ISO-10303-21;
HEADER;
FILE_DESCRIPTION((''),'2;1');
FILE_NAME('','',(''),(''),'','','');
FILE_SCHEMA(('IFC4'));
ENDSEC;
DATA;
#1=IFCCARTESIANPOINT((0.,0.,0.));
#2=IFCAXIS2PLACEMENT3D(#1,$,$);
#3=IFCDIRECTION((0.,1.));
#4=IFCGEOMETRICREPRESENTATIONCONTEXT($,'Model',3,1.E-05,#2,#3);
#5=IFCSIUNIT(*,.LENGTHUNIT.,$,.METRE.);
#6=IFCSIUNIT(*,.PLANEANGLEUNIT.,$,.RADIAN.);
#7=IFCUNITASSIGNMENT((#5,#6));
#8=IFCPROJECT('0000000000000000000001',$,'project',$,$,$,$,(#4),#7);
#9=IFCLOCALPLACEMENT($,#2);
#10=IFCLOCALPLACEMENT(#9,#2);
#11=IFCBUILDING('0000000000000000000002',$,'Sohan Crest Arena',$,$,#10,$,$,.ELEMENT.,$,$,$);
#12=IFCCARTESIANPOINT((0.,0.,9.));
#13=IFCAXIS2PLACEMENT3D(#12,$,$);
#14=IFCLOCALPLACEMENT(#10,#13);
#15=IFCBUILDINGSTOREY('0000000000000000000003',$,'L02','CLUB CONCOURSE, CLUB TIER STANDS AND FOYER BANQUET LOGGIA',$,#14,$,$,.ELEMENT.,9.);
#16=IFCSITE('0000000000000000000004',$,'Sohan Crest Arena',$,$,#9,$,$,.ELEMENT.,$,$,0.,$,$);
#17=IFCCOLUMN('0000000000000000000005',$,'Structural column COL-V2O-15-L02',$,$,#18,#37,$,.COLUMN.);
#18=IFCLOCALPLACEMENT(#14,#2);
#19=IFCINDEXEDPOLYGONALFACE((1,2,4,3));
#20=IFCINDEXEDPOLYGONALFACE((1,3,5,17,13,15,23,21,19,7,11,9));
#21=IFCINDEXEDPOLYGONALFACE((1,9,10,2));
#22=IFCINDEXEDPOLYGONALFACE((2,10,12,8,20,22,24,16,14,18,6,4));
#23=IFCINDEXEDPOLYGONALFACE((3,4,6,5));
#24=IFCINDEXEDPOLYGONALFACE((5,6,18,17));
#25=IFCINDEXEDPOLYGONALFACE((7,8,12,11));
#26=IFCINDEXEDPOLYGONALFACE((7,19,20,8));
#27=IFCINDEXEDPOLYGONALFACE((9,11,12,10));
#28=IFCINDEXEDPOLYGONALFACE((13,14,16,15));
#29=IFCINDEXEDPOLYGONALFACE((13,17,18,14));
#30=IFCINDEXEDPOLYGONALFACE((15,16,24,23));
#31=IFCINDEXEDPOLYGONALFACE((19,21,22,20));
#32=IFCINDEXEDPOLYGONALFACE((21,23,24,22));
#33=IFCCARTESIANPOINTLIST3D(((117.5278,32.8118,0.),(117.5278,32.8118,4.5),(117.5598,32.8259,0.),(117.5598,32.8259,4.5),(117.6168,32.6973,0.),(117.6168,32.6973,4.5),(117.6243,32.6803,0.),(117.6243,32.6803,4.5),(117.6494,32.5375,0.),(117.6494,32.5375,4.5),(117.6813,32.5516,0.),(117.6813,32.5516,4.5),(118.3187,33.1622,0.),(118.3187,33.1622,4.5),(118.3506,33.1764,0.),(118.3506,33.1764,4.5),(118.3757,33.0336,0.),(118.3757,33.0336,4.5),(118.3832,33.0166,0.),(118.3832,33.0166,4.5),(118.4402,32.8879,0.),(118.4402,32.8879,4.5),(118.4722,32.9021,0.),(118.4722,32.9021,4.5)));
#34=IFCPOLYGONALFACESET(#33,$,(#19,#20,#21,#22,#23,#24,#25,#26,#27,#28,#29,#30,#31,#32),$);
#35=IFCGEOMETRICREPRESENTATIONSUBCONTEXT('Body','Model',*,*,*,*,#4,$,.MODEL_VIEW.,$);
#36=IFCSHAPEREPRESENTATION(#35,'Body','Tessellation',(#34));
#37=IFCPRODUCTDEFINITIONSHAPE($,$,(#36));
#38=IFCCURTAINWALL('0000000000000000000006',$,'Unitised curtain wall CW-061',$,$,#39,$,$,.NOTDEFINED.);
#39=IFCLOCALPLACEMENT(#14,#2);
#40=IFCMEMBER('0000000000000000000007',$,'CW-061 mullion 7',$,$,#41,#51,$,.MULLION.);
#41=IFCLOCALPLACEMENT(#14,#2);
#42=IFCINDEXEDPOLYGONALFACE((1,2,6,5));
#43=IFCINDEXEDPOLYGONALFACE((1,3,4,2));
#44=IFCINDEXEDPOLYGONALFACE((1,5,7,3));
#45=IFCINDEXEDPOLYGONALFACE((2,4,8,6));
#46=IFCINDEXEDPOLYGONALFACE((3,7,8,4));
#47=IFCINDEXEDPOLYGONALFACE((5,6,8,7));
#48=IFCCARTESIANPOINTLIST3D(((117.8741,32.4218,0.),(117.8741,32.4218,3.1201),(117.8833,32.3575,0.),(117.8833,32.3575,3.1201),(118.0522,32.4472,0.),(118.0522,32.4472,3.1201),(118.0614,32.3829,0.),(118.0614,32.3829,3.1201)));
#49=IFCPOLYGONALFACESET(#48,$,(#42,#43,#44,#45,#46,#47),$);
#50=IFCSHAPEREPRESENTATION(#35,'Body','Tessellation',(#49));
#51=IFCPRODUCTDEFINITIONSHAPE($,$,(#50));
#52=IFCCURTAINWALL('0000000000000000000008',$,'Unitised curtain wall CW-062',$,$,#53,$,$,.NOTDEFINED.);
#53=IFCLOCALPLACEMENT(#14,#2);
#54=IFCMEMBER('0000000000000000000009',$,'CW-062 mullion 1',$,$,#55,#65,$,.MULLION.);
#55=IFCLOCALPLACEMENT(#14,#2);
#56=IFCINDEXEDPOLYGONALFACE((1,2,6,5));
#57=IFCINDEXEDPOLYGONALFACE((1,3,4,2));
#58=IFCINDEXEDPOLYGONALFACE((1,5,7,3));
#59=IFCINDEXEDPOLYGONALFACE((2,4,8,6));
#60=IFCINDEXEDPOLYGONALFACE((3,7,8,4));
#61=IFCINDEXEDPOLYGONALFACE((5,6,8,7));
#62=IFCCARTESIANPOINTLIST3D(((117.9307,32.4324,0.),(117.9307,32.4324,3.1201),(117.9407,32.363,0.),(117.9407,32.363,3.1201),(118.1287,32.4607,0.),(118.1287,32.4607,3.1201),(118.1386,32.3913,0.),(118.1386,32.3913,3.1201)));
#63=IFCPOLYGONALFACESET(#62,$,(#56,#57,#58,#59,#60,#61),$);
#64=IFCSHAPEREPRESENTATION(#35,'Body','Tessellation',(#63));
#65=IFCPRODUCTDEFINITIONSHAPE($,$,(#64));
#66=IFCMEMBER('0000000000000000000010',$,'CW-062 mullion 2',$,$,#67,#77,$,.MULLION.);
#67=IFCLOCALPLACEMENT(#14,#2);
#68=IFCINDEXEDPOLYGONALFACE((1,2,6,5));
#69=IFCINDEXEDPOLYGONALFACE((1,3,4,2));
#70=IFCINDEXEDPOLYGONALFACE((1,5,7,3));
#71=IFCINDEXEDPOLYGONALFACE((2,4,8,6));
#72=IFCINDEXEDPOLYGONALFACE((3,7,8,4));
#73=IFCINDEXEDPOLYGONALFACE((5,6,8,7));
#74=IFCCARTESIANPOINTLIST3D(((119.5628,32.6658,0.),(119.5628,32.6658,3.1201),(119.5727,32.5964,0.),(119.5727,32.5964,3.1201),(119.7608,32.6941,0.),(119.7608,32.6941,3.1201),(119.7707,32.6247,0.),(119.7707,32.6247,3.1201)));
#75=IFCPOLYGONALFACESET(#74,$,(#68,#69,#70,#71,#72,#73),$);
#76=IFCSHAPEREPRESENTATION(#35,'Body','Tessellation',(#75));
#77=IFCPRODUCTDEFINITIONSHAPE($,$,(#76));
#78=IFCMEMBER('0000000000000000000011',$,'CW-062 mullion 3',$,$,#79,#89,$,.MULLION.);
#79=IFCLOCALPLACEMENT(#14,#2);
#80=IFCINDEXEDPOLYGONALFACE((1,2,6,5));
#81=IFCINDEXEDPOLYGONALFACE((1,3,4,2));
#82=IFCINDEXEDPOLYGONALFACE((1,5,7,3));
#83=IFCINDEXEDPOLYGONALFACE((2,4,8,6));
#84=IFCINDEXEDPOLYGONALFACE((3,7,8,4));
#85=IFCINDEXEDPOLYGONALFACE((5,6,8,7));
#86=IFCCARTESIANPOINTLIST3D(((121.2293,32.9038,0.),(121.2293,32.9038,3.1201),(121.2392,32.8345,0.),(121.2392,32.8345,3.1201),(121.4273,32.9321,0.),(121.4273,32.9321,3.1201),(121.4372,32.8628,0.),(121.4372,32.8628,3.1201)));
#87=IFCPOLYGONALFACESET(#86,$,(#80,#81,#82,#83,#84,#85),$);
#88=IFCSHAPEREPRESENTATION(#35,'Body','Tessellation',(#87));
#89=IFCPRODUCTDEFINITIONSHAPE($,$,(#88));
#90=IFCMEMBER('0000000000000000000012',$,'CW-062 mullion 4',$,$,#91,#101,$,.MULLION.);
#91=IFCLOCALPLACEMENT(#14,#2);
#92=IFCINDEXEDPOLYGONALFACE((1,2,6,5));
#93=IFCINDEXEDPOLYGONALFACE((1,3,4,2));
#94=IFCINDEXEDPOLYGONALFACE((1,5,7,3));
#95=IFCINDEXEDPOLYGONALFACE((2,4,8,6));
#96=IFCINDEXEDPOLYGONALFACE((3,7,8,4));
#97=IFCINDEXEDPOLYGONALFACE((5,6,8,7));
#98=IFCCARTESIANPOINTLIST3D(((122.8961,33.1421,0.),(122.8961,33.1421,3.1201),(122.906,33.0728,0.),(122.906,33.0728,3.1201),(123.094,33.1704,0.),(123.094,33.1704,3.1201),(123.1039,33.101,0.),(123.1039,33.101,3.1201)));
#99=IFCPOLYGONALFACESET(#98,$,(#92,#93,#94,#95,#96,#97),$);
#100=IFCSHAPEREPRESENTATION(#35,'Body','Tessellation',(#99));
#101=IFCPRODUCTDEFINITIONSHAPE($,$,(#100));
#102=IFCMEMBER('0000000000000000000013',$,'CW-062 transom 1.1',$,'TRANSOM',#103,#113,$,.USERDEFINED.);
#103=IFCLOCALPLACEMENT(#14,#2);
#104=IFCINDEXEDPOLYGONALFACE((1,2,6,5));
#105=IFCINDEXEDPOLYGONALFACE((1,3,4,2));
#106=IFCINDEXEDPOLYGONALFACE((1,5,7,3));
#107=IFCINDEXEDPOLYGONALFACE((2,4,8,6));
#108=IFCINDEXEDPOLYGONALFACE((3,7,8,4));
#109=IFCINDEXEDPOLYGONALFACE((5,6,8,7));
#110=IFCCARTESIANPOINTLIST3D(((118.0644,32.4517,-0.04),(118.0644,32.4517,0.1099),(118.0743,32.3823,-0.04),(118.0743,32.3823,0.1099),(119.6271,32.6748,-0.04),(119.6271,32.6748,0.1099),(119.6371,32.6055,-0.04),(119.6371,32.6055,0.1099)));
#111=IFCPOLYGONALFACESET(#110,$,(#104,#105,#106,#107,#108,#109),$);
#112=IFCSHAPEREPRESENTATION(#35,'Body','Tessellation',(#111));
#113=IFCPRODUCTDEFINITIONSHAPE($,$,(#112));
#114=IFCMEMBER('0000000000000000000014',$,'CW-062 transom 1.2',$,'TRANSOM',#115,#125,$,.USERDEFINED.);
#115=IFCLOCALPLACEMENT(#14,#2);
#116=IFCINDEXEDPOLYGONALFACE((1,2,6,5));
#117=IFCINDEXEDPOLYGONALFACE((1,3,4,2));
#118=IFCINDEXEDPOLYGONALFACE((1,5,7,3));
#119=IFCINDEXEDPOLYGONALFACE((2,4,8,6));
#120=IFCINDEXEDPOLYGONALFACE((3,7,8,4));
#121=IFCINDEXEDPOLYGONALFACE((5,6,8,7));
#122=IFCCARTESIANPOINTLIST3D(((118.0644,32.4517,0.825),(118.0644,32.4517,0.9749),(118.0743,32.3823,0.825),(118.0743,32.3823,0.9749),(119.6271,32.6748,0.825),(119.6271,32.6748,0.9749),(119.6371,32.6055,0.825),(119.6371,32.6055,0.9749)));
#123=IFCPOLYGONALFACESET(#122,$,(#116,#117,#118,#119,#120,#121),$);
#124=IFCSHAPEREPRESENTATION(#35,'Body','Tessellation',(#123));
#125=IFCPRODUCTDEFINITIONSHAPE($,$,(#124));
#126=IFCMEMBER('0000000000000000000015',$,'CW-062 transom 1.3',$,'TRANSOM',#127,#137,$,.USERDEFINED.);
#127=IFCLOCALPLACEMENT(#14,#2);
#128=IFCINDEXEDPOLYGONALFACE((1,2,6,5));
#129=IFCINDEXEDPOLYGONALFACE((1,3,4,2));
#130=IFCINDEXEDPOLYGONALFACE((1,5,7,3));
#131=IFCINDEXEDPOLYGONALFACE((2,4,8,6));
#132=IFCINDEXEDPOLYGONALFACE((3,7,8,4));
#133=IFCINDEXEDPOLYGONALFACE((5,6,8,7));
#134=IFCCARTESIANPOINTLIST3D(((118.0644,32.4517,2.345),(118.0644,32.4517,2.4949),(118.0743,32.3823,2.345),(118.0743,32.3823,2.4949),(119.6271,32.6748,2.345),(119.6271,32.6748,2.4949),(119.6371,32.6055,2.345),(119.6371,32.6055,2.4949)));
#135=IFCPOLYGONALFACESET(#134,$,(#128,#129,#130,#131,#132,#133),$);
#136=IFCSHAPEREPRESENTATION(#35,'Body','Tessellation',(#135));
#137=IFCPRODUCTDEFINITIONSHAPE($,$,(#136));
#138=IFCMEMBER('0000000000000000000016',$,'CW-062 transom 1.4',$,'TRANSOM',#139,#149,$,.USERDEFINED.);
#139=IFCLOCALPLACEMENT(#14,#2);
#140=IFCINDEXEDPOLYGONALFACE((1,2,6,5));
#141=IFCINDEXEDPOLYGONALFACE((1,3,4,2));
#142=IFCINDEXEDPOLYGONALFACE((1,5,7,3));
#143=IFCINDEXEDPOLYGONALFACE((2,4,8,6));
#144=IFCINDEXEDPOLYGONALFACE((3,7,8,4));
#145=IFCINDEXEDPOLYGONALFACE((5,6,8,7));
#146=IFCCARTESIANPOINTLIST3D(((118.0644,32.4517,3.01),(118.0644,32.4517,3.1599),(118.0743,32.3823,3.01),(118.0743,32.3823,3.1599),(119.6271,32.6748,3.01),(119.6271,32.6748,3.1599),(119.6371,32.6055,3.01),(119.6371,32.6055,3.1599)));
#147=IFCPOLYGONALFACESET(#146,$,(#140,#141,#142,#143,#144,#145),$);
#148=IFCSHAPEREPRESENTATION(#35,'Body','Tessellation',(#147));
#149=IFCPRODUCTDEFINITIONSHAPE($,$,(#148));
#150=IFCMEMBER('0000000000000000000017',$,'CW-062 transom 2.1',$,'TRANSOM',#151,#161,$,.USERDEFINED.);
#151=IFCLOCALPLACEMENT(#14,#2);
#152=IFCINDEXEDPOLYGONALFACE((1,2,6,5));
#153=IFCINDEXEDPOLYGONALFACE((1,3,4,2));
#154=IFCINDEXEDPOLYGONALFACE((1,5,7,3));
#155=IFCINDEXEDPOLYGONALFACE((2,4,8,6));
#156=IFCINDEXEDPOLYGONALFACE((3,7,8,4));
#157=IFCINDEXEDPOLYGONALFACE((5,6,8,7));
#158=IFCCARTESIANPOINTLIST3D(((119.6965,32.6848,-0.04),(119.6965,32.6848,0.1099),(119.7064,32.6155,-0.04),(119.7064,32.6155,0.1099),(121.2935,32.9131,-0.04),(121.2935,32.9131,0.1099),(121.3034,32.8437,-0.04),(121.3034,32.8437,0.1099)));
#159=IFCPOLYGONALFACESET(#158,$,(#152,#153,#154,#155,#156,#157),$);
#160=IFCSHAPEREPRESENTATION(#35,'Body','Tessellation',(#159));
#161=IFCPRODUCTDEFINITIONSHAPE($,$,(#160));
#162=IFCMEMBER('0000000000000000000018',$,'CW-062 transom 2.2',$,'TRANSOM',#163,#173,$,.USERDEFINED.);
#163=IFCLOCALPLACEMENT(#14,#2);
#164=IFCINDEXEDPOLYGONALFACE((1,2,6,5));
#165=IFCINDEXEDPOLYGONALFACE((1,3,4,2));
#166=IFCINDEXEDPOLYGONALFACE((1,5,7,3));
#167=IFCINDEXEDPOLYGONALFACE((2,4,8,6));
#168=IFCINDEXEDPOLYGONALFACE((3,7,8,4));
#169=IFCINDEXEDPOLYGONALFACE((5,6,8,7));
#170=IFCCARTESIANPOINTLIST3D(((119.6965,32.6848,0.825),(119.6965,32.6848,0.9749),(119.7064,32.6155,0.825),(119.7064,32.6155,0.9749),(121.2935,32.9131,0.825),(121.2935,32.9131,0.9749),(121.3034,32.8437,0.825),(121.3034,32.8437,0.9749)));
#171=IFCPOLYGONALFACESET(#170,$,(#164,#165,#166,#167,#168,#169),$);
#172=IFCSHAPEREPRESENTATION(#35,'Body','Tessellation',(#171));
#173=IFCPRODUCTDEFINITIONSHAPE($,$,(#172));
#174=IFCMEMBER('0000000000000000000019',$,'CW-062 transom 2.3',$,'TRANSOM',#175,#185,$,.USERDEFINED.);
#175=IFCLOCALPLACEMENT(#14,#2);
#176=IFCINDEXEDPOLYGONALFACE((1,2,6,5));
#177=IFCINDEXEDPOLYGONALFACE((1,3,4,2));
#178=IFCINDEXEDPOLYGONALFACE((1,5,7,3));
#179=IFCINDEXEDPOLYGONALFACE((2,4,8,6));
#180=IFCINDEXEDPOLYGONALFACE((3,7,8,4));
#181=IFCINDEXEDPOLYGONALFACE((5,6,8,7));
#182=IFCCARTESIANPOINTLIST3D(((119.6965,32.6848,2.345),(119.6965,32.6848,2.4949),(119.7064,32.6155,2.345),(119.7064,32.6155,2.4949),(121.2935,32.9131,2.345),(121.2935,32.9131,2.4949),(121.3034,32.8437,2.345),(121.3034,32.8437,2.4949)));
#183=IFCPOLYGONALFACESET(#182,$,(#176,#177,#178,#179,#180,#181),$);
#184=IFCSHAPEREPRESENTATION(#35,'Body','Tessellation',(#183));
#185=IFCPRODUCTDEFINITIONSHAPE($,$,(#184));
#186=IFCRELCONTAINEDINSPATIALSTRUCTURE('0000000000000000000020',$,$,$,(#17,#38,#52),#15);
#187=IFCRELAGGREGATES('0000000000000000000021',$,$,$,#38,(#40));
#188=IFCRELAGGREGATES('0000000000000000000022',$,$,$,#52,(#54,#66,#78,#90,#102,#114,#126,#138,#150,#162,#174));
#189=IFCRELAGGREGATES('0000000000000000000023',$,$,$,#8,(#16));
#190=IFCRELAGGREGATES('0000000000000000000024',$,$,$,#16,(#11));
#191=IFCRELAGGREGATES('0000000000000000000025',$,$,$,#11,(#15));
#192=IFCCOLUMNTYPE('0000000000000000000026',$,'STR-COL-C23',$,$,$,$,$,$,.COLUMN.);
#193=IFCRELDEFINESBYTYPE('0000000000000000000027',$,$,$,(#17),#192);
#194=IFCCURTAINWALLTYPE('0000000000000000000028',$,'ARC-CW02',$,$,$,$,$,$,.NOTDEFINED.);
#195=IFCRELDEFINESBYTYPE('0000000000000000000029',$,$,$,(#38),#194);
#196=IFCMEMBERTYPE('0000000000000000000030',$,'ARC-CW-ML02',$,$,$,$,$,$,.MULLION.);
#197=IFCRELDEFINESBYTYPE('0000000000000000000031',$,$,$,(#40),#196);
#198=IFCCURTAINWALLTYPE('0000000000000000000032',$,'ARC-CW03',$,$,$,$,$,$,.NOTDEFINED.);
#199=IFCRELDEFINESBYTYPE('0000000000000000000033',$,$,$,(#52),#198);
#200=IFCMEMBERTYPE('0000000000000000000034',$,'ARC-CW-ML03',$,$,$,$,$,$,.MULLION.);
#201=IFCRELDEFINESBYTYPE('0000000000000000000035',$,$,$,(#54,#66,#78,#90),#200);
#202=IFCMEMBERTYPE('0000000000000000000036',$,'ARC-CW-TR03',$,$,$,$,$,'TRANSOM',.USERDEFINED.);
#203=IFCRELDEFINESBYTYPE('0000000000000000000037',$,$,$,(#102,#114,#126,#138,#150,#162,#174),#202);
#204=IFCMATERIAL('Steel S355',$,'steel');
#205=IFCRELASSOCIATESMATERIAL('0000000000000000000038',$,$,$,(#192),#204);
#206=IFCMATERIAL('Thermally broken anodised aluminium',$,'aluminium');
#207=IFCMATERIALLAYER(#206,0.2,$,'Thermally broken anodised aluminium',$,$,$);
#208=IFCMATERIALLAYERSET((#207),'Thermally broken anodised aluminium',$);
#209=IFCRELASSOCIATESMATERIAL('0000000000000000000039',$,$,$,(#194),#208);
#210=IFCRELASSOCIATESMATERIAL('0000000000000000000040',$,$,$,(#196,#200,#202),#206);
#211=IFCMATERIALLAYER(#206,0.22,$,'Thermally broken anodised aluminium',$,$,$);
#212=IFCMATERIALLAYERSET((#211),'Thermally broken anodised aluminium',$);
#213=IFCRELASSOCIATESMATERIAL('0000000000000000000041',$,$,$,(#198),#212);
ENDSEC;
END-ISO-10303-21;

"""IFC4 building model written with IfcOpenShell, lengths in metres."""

from ifc_helpers import new_model, si_unit, direction, frame, origin, origin_2d, place, context, subcontext, project, spatial, rectangle, i_section, extrude, material, layer, layer_set, material_profile, profile_set, type_object, element, aggregate, save


model = new_model("IFC4")

# Units and contexts
model_context = context("Model", 3, precision=1e-05, world=origin(), true_north=direction((0.0, 1.0)))
body_context = subcontext(model_context, "Body", "Model", "MODEL_VIEW")
ifc_project = project(units=[si_unit("LENGTHUNIT", "METRE"), si_unit("PLANEANGLEUNIT", "RADIAN")], contexts=[model_context])

# Site, building, storey
site_placement = place(None, origin())
site = spatial("IfcSite", under=ifc_project, at=site_placement, Name="Sohan Crest Arena", CompositionType="ELEMENT", RefElevation=0.0)
building_placement = place(site_placement, origin())
building = spatial("IfcBuilding", under=site, at=building_placement, Name="Sohan Crest Arena", CompositionType="ELEMENT")
storey_placement = place(building_placement, frame((0.0, 0.0, 9.0)))
storey = spatial("IfcBuildingStorey", under=building, at=storey_placement, Name="L02", Description="CLUB CONCOURSE, CLUB TIER STANDS AND FOYER BANQUET LOGGIA", CompositionType="ELEMENT", Elevation=9.0)

# Column
ifc_material_1 = material(Name="Steel S355", Category="steel")
ifc_material_profile_1 = material_profile(ifc_material_1, i_section(OverallWidth=0.3, OverallDepth=0.8999, WebThickness=0.0186, FlangeThickness=0.0349, at=origin_2d()), Name="HEB 900")
ifc_profile_set_1 = profile_set([ifc_material_profile_1], Name="Steel S355")
column_type = type_object("IfcColumnType", Name="STR-COL-C23", PredefinedType="COLUMN", material=ifc_profile_set_1)
column_placement = place(storey_placement, frame((118.0, 32.8569, 0.0), z_axis=(0.0, 0.0, 1.0), x_axis=(-0.405142, 0.914254, 0.0)))
element("IfcColumn", 1, at=column_placement, inside=storey, type_object=column_type, Name="Structural column COL-V2O-15-L02", PredefinedType="COLUMN", context=body_context, shape_type="SweptSolid", body=[
    extrude(i_section(OverallWidth=0.3, OverallDepth=0.8999, WebThickness=0.0186, FlangeThickness=0.0349, at=origin_2d()), origin(), (0.0, 0.0, 1.0), 4.5),
])

# Curtain wall, member
ifc_material_2 = material(Name="Thermally broken anodised aluminium", Category="aluminium")
ifc_layer_1 = layer(ifc_material_2, 0.2, Name="Thermally broken anodised aluminium")
ifc_layer_set_1 = layer_set([ifc_layer_1], Name="Thermally broken anodised aluminium")
curtain_wall_type_1 = type_object("IfcCurtainWallType", Name="ARC-CW02", PredefinedType="NOTDEFINED", material=ifc_layer_set_1)
curtain_wall_1_placement = place(storey_placement, origin())
curtain_wall_1 = element("IfcCurtainWall", 2, at=curtain_wall_1_placement, inside=storey, type_object=curtain_wall_type_1, Name="Unitised curtain wall CW-061", PredefinedType="NOTDEFINED")
ifc_material_profile_2 = material_profile(ifc_material_2, rectangle(XDim=0.0649, YDim=0.1799, at=origin_2d()), Name="ALU-MULL 65x180")
ifc_profile_set_2 = profile_set([ifc_material_profile_2], Name="Thermally broken anodised aluminium")
member_type_1 = type_object("IfcMemberType", Name="ARC-CW-ML02", PredefinedType="MULLION", material=ifc_profile_set_2)
member_1_placement = place(storey_placement, frame((117.9678, 32.4023, 0.0), z_axis=(0.0, 0.0, 1.0), x_axis=(-0.141366, 0.989957, 0.0)))
member_1 = element("IfcMember", 3, at=member_1_placement, type_object=member_type_1, Name="CW-061 mullion 7", PredefinedType="MULLION", context=body_context, shape_type="SweptSolid", body=[
    extrude(rectangle(XDim=0.0649, YDim=0.1799, at=origin_2d()), origin(), (0.0, 0.0, 1.0), 3.1201),
])
aggregate(curtain_wall_1, [member_1])

# Curtain wall, members
ifc_layer_2 = layer(ifc_material_2, 0.22, Name="Thermally broken anodised aluminium")
ifc_layer_set_2 = layer_set([ifc_layer_2], Name="Thermally broken anodised aluminium")
curtain_wall_type_2 = type_object("IfcCurtainWallType", Name="ARC-CW03", PredefinedType="NOTDEFINED", material=ifc_layer_set_2)
curtain_wall_2_placement = place(storey_placement, origin())
curtain_wall_2 = element("IfcCurtainWall", 4, at=curtain_wall_2_placement, inside=storey, type_object=curtain_wall_type_2, Name="Unitised curtain wall CW-062", PredefinedType="NOTDEFINED")
ifc_material_profile_3 = material_profile(ifc_material_2, rectangle(XDim=0.0701, YDim=0.2, at=origin_2d()), Name="ALU-MULL 70x200")
ifc_profile_set_3 = profile_set([ifc_material_profile_3], Name="Thermally broken anodised aluminium")
member_type_2 = type_object("IfcMemberType", Name="ARC-CW-ML03", PredefinedType="MULLION", material=ifc_profile_set_3)
member_2_placement = place(storey_placement, frame((118.0347, 32.4119, 0.0), z_axis=(0.0, 0.0, 1.0), x_axis=(-0.141463, 0.989944, 0.0)))
member_2 = element("IfcMember", 5, at=member_2_placement, type_object=member_type_2, Name="CW-062 mullion 1", PredefinedType="MULLION", context=body_context, shape_type="SweptSolid", body=[
    extrude(rectangle(XDim=0.0701, YDim=0.2, at=origin_2d()), origin(), (0.0, 0.0, 1.0), 3.1201),
])
member_3_placement = place(storey_placement, frame((119.6667, 32.6453, 0.0), z_axis=(0.0, 0.0, 1.0), x_axis=(-0.141463, 0.989944, 0.0)))
member_3 = element("IfcMember", 6, at=member_3_placement, type_object=member_type_2, Name="CW-062 mullion 2", PredefinedType="MULLION", context=body_context, shape_type="SweptSolid", body=[
    extrude(rectangle(XDim=0.0701, YDim=0.2, at=origin_2d()), origin(), (0.0, 0.0, 1.0), 3.1201),
])
member_4_placement = place(storey_placement, frame((121.3333, 32.8833, 0.0), z_axis=(0.0, 0.0, 1.0), x_axis=(-0.141463, 0.989944, 0.0)))
member_4 = element("IfcMember", 7, at=member_4_placement, type_object=member_type_2, Name="CW-062 mullion 3", PredefinedType="MULLION", context=body_context, shape_type="SweptSolid", body=[
    extrude(rectangle(XDim=0.0701, YDim=0.2, at=origin_2d()), origin(), (0.0, 0.0, 1.0), 3.1201),
])
member_5_placement = place(storey_placement, frame((123.0, 33.1216, 0.0), z_axis=(0.0, 0.0, 1.0), x_axis=(-0.141463, 0.989944, 0.0)))
member_5 = element("IfcMember", 8, at=member_5_placement, type_object=member_type_2, Name="CW-062 mullion 4", PredefinedType="MULLION", context=body_context, shape_type="SweptSolid", body=[
    extrude(rectangle(XDim=0.0701, YDim=0.2, at=origin_2d()), origin(), (0.0, 0.0, 1.0), 3.1201),
])
ifc_material_profile_4 = material_profile(ifc_material_2, rectangle(XDim=0.0701, YDim=0.1499, at=origin_2d()), Name="ALU-TRAN 70x150")
ifc_profile_set_4 = profile_set([ifc_material_profile_4], Name="Thermally broken anodised aluminium")
member_type_3 = type_object("IfcMemberType", Name="ARC-CW-TR03", ElementType="TRANSOM", PredefinedType="USERDEFINED", material=ifc_profile_set_4)
member_6_placement = place(storey_placement, frame((118.0693, 32.417, 0.0349), z_axis=(0.989959, 0.141356, 0.0), x_axis=(-0.141356, 0.989959, 0.0)))
member_6 = element("IfcMember", 9, at=member_6_placement, type_object=member_type_3, Name="CW-062 transom 1.1", ObjectType="TRANSOM", PredefinedType="USERDEFINED", context=body_context, shape_type="SweptSolid", body=[
    extrude(rectangle(XDim=0.0701, YDim=0.1499, at=origin_2d()), origin(), (0.0, 0.0, 1.0), 1.5786),
])
member_7_placement = place(storey_placement, frame((118.0693, 32.417, 0.8999), z_axis=(0.989959, 0.141356, 0.0), x_axis=(-0.141356, 0.989959, 0.0)))
member_7 = element("IfcMember", 10, at=member_7_placement, type_object=member_type_3, Name="CW-062 transom 1.2", ObjectType="TRANSOM", PredefinedType="USERDEFINED", context=body_context, shape_type="SweptSolid", body=[
    extrude(rectangle(XDim=0.0701, YDim=0.1499, at=origin_2d()), origin(), (0.0, 0.0, 1.0), 1.5786),
])
member_8_placement = place(storey_placement, frame((118.0693, 32.417, 2.4199), z_axis=(0.989959, 0.141356, 0.0), x_axis=(-0.141356, 0.989959, 0.0)))
member_8 = element("IfcMember", 11, at=member_8_placement, type_object=member_type_3, Name="CW-062 transom 1.3", ObjectType="TRANSOM", PredefinedType="USERDEFINED", context=body_context, shape_type="SweptSolid", body=[
    extrude(rectangle(XDim=0.0701, YDim=0.1499, at=origin_2d()), origin(), (0.0, 0.0, 1.0), 1.5786),
])
member_9_placement = place(storey_placement, frame((118.0693, 32.417, 3.085), z_axis=(0.989959, 0.141356, 0.0), x_axis=(-0.141356, 0.989959, 0.0)))
member_9 = element("IfcMember", 12, at=member_9_placement, type_object=member_type_3, Name="CW-062 transom 1.4", ObjectType="TRANSOM", PredefinedType="USERDEFINED", context=body_context, shape_type="SweptSolid", body=[
    extrude(rectangle(XDim=0.0701, YDim=0.1499, at=origin_2d()), origin(), (0.0, 0.0, 1.0), 1.5786),
])
member_10_placement = place(storey_placement, frame((119.7014, 32.6501, 0.0349), z_axis=(0.98994, 0.141485, 0.0), x_axis=(-0.141485, 0.98994, 0.0)))
member_10 = element("IfcMember", 13, at=member_10_placement, type_object=member_type_3, Name="CW-062 transom 2.1", ObjectType="TRANSOM", PredefinedType="USERDEFINED", context=body_context, shape_type="SweptSolid", body=[
    extrude(rectangle(XDim=0.0701, YDim=0.1499, at=origin_2d()), origin(), (0.0, 0.0, 1.0), 1.6133),
])
member_11_placement = place(storey_placement, frame((119.7014, 32.6501, 0.8999), z_axis=(0.98994, 0.141485, 0.0), x_axis=(-0.141485, 0.98994, 0.0)))
member_11 = element("IfcMember", 14, at=member_11_placement, type_object=member_type_3, Name="CW-062 transom 2.2", ObjectType="TRANSOM", PredefinedType="USERDEFINED", context=body_context, shape_type="SweptSolid", body=[
    extrude(rectangle(XDim=0.0701, YDim=0.1499, at=origin_2d()), origin(), (0.0, 0.0, 1.0), 1.6133),
])
member_12_placement = place(storey_placement, frame((119.7014, 32.6501, 2.4199), z_axis=(0.98994, 0.141485, 0.0), x_axis=(-0.141485, 0.98994, 0.0)))
member_12 = element("IfcMember", 15, at=member_12_placement, type_object=member_type_3, Name="CW-062 transom 2.3", ObjectType="TRANSOM", PredefinedType="USERDEFINED", context=body_context, shape_type="SweptSolid", body=[
    extrude(rectangle(XDim=0.0701, YDim=0.1499, at=origin_2d()), origin(), (0.0, 0.0, 1.0), 1.6133),
])

aggregate(curtain_wall_2, [member_2, member_3, member_4, member_5, member_6, member_7, member_8, member_9, member_10, member_11, member_12])

save(model, "model.ifc")
